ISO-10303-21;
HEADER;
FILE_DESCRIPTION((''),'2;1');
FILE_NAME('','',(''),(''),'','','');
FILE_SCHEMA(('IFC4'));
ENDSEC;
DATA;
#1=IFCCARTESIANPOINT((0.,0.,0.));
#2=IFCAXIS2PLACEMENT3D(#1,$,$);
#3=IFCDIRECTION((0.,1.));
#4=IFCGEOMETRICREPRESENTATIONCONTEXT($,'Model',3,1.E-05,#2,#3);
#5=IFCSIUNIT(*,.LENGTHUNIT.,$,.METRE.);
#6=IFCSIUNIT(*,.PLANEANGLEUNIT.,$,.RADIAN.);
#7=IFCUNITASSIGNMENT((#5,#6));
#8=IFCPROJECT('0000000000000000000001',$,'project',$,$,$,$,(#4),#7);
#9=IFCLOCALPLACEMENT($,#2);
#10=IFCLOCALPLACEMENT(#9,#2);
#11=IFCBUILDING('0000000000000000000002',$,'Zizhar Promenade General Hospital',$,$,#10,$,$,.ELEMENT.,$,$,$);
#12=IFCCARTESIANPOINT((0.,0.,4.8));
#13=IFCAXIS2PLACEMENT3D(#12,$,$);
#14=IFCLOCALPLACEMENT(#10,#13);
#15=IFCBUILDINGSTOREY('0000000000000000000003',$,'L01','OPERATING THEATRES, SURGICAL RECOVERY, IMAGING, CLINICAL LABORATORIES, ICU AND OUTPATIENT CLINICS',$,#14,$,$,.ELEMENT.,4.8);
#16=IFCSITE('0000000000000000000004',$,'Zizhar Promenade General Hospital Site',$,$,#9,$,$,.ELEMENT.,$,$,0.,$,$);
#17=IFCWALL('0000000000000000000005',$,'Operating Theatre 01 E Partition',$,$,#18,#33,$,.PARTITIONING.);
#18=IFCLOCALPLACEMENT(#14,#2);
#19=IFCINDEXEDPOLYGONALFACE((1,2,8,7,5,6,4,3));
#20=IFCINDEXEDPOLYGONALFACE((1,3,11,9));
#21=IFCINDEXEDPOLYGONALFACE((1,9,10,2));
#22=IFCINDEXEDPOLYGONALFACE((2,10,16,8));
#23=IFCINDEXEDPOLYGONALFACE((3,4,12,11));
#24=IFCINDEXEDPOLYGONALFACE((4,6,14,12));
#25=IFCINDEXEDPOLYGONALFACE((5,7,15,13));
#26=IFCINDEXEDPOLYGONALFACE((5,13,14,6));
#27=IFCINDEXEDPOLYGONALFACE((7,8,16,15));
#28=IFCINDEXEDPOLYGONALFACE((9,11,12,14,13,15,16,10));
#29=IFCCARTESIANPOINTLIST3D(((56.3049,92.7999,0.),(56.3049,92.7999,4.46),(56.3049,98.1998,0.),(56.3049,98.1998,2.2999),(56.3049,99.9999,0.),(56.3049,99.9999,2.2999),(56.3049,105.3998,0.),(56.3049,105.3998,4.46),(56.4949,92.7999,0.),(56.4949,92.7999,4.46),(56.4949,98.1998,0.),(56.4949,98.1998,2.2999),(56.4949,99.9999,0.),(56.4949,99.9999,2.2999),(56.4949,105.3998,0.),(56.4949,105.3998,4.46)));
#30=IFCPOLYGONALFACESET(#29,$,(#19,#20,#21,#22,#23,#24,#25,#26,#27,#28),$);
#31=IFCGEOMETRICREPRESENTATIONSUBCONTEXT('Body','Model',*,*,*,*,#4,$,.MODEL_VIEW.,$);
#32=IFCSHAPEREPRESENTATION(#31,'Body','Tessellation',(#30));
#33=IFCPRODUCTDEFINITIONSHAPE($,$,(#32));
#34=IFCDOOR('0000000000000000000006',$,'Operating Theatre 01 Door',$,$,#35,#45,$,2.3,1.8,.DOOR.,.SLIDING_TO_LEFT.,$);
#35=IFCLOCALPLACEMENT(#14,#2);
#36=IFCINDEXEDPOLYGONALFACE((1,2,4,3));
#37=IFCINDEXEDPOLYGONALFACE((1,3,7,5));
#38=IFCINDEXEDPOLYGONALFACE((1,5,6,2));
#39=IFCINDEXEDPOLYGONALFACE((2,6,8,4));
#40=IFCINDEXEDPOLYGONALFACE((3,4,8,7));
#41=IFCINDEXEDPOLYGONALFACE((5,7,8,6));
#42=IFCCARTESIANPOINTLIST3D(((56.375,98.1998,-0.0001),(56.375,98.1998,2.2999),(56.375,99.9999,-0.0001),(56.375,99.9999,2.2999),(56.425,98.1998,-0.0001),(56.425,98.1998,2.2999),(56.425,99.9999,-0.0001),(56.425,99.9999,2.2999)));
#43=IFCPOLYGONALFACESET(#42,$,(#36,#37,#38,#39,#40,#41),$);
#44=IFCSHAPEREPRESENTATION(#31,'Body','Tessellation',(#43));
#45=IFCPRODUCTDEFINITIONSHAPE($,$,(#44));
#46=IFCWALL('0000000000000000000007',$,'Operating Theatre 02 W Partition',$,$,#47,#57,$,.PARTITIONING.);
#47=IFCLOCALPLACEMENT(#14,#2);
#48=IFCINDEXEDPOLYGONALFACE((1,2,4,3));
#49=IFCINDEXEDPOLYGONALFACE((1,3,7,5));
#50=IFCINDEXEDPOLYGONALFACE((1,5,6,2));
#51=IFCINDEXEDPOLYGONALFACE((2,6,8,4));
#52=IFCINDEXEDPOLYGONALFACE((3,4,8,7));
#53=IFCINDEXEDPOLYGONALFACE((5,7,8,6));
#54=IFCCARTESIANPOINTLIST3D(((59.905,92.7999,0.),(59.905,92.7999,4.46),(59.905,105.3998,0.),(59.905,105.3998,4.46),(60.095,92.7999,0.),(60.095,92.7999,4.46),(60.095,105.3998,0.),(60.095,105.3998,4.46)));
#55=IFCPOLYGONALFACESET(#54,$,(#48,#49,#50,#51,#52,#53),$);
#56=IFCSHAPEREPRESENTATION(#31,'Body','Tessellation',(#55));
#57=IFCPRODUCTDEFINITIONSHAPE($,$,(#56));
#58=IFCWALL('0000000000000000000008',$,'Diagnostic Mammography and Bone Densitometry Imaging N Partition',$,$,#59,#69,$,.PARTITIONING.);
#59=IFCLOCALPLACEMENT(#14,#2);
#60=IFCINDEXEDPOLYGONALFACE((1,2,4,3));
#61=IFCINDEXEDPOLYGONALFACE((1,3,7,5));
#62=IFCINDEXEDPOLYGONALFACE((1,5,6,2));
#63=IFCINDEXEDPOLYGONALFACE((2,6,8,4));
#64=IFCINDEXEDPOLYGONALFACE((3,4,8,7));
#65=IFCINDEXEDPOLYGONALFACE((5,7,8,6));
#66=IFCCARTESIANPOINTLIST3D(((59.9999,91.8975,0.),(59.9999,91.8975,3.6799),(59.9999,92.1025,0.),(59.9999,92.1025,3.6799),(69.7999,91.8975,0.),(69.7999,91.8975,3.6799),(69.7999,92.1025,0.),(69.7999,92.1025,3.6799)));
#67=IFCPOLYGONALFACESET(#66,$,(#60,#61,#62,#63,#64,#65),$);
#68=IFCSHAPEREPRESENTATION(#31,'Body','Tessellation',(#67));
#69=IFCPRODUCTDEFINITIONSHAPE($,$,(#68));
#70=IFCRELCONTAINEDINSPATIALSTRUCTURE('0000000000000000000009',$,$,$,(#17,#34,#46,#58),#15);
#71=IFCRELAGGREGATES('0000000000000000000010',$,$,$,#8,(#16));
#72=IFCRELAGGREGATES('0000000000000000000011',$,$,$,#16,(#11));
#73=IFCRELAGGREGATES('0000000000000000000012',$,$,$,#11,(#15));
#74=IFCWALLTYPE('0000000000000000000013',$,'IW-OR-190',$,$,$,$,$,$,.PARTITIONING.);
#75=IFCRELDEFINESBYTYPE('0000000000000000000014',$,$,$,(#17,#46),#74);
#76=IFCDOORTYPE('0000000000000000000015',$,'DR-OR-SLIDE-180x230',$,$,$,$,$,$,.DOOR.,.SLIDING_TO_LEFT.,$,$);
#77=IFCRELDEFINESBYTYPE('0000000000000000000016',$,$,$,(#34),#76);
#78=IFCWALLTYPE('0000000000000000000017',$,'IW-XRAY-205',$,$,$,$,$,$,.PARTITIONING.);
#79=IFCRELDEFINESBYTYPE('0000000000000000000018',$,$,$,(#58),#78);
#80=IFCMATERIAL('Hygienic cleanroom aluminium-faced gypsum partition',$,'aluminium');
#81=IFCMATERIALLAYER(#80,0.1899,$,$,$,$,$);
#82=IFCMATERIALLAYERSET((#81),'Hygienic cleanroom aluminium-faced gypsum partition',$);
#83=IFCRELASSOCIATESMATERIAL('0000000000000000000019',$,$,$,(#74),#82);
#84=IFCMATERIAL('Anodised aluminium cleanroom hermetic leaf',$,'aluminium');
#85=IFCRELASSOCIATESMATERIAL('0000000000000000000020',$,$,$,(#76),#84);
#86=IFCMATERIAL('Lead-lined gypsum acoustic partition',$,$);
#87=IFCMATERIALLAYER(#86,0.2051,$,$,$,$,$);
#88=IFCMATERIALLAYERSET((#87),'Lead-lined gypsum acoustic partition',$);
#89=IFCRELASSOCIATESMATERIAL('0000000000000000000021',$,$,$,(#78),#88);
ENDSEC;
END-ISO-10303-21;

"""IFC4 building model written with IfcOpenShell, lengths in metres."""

from ifc_helpers import new_model, si_unit, direction, frame, frame_2d, origin, place, context, subcontext, project, spatial, rectangle, extrude, material, layer, layer_set, type_object, element, fill, save


model = new_model("IFC4")

# Units and contexts
model_context = context("Model", 3, precision=1e-05, world=origin(), true_north=direction((0.0, 1.0)))
body_context = subcontext(model_context, "Body", "Model", "MODEL_VIEW")
ifc_project = project(units=[si_unit("LENGTHUNIT", "METRE"), si_unit("PLANEANGLEUNIT", "RADIAN")], contexts=[model_context])

# Site, building, storey
site_placement = place(None, origin())
site = spatial("IfcSite", under=ifc_project, at=site_placement, Name="Zizhar Promenade General Hospital Site", CompositionType="ELEMENT", RefElevation=0.0)
building_placement = place(site_placement, origin())
building = spatial("IfcBuilding", under=site, at=building_placement, Name="Zizhar Promenade General Hospital", CompositionType="ELEMENT")
storey_placement = place(building_placement, frame((0.0, 0.0, 4.8)))
storey = spatial("IfcBuildingStorey", under=building, at=storey_placement, Name="L01", Description="OPERATING THEATRES, SURGICAL RECOVERY, IMAGING, CLINICAL LABORATORIES, ICU AND OUTPATIENT CLINICS", CompositionType="ELEMENT", Elevation=4.8)

# Shared definitions
ifc_material_1 = material(Name="Hygienic cleanroom aluminium-faced gypsum partition", Category="aluminium")
ifc_layer_1 = layer(ifc_material_1, 0.1899)
ifc_layer_set_1 = layer_set([ifc_layer_1], Name="Hygienic cleanroom aluminium-faced gypsum partition")
wall_type_1 = type_object("IfcWallType", Name="IW-OR-190", PredefinedType="PARTITIONING", material=ifc_layer_set_1)

# Wall, opening, door
wall_1_placement = place(storey_placement, frame((56.3999, 92.8, 0.0), z_axis=(0.0, 0.0, 1.0), x_axis=(0.0, 1.0, 0.0)))
wall_1 = element("IfcWall", 1, at=wall_1_placement, inside=storey, type_object=wall_type_1, Name="Operating Theatre 01 E Partition", PredefinedType="PARTITIONING", context=body_context, shape_type="SweptSolid", body=[
    extrude(rectangle(XDim=12.5999, YDim=0.1899, at=frame_2d((6.2998, 0.0))), origin(), (0.0, 0.0, 1.0), 4.46),
])
opening_1_placement = place(wall_1_placement, frame((5.3999, 0.0, 0.0)))
opening_1 = element("IfcOpeningElement", 2, at=opening_1_placement, cuts=wall_1, PredefinedType="OPENING", context=body_context, shape_type="SweptSolid", body=[
    extrude(rectangle(XDim=1.8, YDim=2.3, at=frame_2d((0.8999, 1.1499))), frame((0.0, 0.105, 0.0), z_axis=(0.0, -1.0, 0.0), x_axis=(1.0, 0.0, 0.0)), (0.0, 0.0, 1.0), 0.21),
])
ifc_material_2 = material(Name="Anodised aluminium cleanroom hermetic leaf", Category="aluminium")
door_type = type_object("IfcDoorType", Name="DR-OR-SLIDE-180x230", OperationType="SLIDING_TO_LEFT", PredefinedType="DOOR", material=ifc_material_2)
door_placement = place(opening_1_placement, origin())
door = element("IfcDoor", 3, at=door_placement, inside=storey, type_object=door_type, Name="Operating Theatre 01 Door", OperationType="SLIDING_TO_LEFT", OverallHeight=2.3, OverallWidth=1.8, PredefinedType="DOOR", context=body_context, shape_type="SweptSolid", body=[
    extrude(rectangle(XDim=1.8, YDim=2.3, at=frame_2d((0.8999, 1.1499))), frame((0.0, 0.0249, 0.0), z_axis=(0.0, -1.0, 0.0), x_axis=(1.0, 0.0, 0.0)), (0.0, 0.0, 1.0), 0.05),
])
fill(opening_1, door)

# Walls
wall_2_placement = place(storey_placement, frame((60.0, 92.8, 0.0), z_axis=(0.0, 0.0, 1.0), x_axis=(0.0, 1.0, 0.0)))
element("IfcWall", 4, at=wall_2_placement, inside=storey, type_object=wall_type_1, Name="Operating Theatre 02 W Partition", PredefinedType="PARTITIONING", context=body_context, shape_type="SweptSolid", body=[
    extrude(rectangle(XDim=12.5999, YDim=0.1899, at=frame_2d((6.2998, 0.0))), origin(), (0.0, 0.0, 1.0), 4.46),
])
ifc_material_3 = material(Name="Lead-lined gypsum acoustic partition")
ifc_layer_2 = layer(ifc_material_3, 0.2051)
ifc_layer_set_2 = layer_set([ifc_layer_2], Name="Lead-lined gypsum acoustic partition")
wall_type_2 = type_object("IfcWallType", Name="IW-XRAY-205", PredefinedType="PARTITIONING", material=ifc_layer_set_2)
wall_3_placement = place(storey_placement, frame((60.0, 92.0, 0.0), z_axis=(0.0, 0.0, 1.0), x_axis=(1.0, 0.0, 0.0)))
element("IfcWall", 5, at=wall_3_placement, inside=storey, type_object=wall_type_2, Name="Diagnostic Mammography and Bone Densitometry Imaging N Partition", PredefinedType="PARTITIONING", context=body_context, shape_type="SweptSolid", body=[
    extrude(rectangle(XDim=9.8, YDim=0.2051, at=frame_2d((4.8999, 0.0))), origin(), (0.0, 0.0, 1.0), 3.6799),
])

save(model, "model.ifc")
